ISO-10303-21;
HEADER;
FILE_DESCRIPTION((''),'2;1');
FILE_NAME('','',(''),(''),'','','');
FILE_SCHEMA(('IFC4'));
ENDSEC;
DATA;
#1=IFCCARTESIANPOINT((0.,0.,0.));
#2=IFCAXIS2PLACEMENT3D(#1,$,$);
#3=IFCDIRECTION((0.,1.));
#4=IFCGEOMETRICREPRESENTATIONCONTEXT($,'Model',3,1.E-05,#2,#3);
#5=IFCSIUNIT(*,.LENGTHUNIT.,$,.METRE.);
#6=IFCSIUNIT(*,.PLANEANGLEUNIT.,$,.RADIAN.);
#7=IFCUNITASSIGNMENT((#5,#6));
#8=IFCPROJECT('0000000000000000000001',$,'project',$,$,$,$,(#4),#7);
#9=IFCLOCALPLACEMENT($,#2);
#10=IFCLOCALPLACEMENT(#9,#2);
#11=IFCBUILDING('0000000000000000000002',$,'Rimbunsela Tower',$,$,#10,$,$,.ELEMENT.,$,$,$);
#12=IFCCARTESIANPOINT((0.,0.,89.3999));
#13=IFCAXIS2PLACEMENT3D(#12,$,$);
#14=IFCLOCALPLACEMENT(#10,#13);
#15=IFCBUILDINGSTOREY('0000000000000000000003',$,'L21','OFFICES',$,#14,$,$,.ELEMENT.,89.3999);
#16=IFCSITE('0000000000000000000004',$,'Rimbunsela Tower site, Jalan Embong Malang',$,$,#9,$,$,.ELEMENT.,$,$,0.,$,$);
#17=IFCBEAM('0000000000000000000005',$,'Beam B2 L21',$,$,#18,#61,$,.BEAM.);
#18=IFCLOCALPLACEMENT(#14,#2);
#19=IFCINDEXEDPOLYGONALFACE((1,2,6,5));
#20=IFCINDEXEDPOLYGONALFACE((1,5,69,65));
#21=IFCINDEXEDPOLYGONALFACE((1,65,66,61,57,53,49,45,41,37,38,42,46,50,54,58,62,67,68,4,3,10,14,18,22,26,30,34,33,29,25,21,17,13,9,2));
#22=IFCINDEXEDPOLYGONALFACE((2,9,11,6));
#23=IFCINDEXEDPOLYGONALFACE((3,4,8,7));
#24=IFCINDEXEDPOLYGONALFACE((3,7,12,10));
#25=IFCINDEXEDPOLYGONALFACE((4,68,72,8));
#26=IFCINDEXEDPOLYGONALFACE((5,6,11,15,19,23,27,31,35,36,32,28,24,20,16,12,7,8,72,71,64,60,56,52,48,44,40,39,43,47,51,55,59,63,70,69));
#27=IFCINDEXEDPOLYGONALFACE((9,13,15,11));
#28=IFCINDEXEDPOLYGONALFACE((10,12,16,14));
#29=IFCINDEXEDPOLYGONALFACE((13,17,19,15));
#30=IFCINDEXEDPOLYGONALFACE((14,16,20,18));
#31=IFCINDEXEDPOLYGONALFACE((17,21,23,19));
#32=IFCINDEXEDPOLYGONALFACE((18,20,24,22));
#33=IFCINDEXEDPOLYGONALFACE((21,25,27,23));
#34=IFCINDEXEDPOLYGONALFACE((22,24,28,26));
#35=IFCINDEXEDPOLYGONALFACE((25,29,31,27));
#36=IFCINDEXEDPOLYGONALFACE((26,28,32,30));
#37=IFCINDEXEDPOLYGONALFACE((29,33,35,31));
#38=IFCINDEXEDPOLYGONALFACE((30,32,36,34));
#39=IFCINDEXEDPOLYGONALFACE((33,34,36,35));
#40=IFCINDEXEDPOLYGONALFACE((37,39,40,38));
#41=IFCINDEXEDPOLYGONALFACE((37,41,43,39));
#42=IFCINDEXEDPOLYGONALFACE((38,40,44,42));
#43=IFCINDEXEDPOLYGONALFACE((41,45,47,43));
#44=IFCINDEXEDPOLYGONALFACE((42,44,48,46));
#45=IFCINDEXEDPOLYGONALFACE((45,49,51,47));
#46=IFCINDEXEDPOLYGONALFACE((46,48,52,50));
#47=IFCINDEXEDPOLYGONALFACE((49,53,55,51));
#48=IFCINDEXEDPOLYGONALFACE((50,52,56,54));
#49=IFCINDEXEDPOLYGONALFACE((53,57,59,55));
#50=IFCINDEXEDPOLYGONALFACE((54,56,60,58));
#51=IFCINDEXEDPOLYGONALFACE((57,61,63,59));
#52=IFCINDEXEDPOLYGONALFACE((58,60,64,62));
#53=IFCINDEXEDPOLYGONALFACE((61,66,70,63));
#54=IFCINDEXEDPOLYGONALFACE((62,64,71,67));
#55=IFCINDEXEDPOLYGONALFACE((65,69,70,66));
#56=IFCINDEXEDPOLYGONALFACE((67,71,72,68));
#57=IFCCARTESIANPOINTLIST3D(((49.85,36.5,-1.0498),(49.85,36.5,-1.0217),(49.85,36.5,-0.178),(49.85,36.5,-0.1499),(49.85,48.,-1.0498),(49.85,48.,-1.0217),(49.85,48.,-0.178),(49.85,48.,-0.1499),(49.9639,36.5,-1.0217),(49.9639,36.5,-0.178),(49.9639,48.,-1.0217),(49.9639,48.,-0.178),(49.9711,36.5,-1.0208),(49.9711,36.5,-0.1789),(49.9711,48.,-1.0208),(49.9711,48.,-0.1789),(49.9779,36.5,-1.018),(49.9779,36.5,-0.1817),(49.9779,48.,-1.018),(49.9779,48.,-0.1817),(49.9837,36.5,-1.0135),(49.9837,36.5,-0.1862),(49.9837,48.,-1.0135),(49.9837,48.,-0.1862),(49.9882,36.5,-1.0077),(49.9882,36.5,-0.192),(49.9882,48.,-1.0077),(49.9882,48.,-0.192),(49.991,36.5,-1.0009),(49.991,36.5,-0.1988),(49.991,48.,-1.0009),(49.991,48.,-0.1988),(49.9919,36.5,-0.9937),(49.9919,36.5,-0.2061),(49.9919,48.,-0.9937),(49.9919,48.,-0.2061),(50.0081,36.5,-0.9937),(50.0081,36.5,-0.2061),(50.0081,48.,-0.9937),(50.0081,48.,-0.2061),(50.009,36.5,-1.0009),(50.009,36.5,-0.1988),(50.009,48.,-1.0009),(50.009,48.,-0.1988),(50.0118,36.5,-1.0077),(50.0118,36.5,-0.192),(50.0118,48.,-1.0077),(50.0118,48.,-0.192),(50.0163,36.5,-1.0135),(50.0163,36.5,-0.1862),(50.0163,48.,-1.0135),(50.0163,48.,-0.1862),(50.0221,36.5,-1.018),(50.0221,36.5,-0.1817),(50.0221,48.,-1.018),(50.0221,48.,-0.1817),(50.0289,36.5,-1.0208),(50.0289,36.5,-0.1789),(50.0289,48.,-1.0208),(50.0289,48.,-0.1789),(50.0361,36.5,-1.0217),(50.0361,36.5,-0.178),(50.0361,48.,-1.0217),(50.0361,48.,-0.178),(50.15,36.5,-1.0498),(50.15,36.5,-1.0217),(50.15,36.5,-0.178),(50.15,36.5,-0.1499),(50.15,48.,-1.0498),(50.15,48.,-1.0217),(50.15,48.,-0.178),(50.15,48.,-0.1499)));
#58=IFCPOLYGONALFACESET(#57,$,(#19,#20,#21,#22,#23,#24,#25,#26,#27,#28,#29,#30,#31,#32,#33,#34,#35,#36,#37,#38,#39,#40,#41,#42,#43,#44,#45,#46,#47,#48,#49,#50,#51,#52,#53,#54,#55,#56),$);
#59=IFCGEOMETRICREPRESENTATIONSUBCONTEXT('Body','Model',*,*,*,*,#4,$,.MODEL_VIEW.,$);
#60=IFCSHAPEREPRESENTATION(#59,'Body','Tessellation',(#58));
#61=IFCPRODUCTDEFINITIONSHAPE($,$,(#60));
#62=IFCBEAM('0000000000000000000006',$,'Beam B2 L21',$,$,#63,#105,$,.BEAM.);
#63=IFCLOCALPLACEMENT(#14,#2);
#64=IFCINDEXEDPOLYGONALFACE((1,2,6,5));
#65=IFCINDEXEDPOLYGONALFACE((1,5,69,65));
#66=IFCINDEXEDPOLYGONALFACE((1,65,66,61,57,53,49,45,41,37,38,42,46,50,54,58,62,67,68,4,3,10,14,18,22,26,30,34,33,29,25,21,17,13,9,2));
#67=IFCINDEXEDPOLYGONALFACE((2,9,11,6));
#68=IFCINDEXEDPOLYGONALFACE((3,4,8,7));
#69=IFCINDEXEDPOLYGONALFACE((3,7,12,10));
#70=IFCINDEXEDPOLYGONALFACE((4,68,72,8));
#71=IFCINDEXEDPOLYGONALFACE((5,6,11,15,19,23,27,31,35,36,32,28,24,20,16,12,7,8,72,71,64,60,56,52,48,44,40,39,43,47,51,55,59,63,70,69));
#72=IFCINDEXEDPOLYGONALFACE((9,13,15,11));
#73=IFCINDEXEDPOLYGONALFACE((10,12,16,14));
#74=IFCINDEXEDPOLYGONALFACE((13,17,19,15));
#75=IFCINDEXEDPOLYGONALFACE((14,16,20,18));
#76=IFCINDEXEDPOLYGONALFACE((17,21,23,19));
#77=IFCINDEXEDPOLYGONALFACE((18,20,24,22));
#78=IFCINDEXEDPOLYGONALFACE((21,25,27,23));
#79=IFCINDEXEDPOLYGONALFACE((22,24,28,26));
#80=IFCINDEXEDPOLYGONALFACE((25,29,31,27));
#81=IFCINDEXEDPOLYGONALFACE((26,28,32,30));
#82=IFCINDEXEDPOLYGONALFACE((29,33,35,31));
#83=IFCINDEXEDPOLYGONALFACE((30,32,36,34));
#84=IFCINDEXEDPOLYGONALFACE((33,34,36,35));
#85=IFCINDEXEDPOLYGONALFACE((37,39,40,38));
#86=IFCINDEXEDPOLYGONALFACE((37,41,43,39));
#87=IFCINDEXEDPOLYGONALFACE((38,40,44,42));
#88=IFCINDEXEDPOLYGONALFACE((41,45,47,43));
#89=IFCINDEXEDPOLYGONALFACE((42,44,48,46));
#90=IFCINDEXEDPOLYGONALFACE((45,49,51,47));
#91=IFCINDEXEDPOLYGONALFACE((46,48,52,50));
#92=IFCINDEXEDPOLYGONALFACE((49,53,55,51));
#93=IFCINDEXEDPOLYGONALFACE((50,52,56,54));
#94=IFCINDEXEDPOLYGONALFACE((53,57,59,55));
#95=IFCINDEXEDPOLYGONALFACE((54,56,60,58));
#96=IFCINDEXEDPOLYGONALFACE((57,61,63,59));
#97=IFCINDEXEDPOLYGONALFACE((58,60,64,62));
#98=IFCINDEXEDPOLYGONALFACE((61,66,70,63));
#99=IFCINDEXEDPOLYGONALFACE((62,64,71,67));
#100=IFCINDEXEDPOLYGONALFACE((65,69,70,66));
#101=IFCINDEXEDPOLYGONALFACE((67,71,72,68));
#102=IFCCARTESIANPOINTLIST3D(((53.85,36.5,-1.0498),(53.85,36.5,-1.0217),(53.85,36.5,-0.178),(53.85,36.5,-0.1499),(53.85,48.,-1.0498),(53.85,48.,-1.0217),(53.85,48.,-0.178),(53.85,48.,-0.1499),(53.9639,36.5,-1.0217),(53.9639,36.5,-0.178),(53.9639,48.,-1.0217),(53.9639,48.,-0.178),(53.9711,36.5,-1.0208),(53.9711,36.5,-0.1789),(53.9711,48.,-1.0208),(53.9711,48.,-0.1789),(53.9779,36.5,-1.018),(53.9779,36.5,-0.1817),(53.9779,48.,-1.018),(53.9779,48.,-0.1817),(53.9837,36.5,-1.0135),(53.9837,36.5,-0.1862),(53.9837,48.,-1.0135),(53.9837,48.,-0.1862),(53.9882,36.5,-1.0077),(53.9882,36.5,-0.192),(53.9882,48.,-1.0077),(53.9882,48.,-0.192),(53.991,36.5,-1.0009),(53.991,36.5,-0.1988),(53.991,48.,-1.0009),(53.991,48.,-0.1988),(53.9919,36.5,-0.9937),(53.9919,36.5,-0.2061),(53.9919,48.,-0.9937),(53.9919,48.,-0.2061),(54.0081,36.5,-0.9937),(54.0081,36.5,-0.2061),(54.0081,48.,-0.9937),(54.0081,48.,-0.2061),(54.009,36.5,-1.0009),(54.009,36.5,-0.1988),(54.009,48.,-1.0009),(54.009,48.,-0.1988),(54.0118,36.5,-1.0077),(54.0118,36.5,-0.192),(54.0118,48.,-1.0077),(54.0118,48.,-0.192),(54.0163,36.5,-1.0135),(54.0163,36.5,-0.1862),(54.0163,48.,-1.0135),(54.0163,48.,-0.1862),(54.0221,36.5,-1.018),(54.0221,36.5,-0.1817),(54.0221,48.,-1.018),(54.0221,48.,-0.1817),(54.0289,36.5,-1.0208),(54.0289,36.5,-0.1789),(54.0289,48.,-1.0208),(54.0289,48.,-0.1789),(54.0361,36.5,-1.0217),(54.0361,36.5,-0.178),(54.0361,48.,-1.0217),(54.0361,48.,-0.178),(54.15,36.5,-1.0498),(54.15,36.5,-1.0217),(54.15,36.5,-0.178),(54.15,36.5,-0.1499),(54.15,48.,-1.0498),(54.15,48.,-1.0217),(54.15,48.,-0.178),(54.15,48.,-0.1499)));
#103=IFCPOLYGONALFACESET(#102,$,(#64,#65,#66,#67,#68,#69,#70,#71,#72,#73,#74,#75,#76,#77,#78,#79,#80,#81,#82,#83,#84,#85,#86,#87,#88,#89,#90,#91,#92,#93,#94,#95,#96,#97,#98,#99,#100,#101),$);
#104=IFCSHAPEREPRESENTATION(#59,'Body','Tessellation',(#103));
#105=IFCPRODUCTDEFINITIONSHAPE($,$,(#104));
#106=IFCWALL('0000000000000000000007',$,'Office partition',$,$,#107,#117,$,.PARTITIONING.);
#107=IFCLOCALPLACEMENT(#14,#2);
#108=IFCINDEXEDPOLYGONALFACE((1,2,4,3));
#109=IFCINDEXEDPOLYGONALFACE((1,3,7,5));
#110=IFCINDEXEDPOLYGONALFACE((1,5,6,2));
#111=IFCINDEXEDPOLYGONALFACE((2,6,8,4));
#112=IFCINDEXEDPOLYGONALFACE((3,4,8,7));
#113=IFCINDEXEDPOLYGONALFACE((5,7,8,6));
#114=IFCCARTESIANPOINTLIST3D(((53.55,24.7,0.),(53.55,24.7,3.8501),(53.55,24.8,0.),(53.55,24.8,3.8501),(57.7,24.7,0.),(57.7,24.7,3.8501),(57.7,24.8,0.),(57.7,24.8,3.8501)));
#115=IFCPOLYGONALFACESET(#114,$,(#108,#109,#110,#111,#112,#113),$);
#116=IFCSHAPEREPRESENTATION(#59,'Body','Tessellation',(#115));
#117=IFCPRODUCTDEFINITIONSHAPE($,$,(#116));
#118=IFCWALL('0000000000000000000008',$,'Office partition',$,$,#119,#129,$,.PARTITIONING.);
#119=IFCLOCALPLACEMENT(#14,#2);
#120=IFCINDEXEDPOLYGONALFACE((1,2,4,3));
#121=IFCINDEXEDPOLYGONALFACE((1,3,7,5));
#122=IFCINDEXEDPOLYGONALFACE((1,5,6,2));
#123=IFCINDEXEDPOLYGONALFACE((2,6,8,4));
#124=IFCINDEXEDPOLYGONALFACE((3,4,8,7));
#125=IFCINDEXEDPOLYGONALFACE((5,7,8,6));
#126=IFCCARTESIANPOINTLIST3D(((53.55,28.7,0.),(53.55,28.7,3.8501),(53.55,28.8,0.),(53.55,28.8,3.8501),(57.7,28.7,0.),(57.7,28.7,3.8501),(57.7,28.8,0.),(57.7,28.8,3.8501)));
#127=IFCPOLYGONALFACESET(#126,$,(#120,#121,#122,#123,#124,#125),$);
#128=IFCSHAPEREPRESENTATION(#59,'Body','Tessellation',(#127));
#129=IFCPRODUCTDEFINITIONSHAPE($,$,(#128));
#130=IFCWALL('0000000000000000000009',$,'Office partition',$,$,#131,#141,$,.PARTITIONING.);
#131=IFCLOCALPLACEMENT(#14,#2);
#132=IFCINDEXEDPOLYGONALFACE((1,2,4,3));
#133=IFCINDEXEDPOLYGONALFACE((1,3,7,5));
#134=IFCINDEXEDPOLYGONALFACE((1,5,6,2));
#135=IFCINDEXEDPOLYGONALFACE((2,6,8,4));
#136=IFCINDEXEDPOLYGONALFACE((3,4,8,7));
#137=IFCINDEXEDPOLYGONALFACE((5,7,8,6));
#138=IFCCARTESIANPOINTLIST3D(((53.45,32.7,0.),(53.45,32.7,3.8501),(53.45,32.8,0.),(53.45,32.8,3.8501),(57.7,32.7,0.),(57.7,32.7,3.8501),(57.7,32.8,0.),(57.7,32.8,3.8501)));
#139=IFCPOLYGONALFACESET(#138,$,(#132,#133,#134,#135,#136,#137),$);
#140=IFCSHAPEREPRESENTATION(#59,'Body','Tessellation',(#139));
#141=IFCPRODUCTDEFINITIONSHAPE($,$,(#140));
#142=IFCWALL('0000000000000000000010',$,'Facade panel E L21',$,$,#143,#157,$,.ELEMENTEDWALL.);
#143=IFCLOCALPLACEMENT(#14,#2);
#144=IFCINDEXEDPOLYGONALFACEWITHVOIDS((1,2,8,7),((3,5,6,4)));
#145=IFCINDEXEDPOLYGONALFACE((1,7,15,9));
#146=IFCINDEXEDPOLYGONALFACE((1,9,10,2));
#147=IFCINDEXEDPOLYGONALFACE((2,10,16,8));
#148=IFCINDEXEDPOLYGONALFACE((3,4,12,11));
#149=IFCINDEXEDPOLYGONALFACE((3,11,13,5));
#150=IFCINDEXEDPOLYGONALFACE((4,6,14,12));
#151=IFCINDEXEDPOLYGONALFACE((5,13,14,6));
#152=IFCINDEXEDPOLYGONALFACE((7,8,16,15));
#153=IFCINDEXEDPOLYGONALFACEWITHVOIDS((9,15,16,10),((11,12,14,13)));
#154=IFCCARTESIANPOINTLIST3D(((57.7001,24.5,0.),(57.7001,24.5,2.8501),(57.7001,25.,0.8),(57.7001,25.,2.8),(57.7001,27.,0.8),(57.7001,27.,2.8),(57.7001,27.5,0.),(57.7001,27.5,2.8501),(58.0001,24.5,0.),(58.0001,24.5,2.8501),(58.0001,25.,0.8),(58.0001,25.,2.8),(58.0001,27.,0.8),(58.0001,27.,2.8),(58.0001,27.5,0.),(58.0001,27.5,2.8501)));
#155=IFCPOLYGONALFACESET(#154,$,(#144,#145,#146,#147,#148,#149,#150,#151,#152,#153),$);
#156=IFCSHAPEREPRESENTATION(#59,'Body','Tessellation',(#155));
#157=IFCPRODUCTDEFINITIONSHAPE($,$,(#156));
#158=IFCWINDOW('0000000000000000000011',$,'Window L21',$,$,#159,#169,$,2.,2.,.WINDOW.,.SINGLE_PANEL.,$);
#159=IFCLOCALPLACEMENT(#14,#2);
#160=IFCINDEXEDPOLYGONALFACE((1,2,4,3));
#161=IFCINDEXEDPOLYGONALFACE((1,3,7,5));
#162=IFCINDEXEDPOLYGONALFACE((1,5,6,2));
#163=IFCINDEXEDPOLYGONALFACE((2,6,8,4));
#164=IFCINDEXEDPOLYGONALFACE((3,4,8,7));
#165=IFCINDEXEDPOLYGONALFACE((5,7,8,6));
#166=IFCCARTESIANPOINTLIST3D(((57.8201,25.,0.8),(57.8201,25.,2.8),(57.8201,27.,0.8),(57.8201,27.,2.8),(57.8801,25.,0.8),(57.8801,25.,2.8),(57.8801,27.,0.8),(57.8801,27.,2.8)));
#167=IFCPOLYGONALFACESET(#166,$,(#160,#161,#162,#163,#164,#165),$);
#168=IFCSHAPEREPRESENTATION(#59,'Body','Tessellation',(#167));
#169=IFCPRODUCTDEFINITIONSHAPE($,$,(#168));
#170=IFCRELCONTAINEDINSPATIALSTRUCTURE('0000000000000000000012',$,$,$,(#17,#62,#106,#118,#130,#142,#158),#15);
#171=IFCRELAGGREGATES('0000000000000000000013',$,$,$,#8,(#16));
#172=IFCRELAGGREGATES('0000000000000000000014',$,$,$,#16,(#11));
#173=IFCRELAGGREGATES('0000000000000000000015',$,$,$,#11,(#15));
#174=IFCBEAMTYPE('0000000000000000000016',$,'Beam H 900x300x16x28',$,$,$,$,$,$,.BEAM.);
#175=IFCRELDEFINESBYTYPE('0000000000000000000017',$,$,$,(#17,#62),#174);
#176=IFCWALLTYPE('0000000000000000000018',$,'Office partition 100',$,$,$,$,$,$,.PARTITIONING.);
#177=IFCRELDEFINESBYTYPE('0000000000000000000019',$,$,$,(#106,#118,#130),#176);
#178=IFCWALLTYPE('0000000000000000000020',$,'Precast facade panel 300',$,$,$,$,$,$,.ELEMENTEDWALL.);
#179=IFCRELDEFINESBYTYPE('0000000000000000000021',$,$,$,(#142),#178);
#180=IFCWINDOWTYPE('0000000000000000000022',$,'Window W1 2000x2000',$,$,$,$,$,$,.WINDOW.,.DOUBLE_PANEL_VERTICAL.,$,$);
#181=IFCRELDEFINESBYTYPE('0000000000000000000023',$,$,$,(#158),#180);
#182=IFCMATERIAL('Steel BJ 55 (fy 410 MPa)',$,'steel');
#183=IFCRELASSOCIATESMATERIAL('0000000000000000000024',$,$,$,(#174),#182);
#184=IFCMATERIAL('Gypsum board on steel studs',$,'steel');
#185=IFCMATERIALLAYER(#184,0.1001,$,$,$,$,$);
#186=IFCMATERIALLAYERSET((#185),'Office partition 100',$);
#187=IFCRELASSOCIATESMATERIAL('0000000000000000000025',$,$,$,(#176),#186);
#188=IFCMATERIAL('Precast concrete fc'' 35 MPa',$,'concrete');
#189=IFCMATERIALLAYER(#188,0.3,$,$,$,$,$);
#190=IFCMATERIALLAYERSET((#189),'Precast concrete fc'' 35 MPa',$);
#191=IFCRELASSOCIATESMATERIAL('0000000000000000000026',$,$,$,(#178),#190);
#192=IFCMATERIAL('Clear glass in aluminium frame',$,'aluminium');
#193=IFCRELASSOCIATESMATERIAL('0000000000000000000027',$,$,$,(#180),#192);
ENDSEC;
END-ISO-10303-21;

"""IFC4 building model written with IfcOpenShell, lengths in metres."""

from ifc_helpers import new_model, si_unit, direction, frame, frame_2d, origin, origin_2d, place, context, subcontext, project, spatial, rectangle, i_section, extrude, material, layer, layer_set, material_profile, profile_set, type_object, element, fill, save


model = new_model("IFC4")

# Units and contexts
model_context = context("Model", 3, precision=1e-05, world=origin(), true_north=direction((0.0, 1.0)))
body_context = subcontext(model_context, "Body", "Model", "MODEL_VIEW")
ifc_project = project(units=[si_unit("LENGTHUNIT", "METRE"), si_unit("PLANEANGLEUNIT", "RADIAN")], contexts=[model_context])

# Site, building, storey
site_placement = place(None, origin())
site = spatial("IfcSite", under=ifc_project, at=site_placement, Name="Rimbunsela Tower site, Jalan Embong Malang", CompositionType="ELEMENT", RefElevation=0.0)
building_placement = place(site_placement, origin())
building = spatial("IfcBuilding", under=site, at=building_placement, Name="Rimbunsela Tower", CompositionType="ELEMENT")
storey_placement = place(building_placement, frame((0.0, 0.0, 89.3999)))
storey = spatial("IfcBuildingStorey", under=building, at=storey_placement, Name="L21", Description="OFFICES", CompositionType="ELEMENT", Elevation=89.3999)

# Beams
ifc_material_1 = material(Name="Steel BJ 55 (fy 410 MPa)", Category="steel")
ifc_material_profile_1 = material_profile(ifc_material_1, i_section(OverallWidth=0.3, OverallDepth=0.8999, WebThickness=0.0161, FlangeThickness=0.0281, FilletRadius=0.0281, at=origin_2d()), Name="H 900x300x16x28")
ifc_profile_set_1 = profile_set([ifc_material_profile_1], Name="Steel BJ 55 (fy 410 MPa)")
beam_type_1 = type_object("IfcBeamType", Name="Beam H 900x300x16x28", PredefinedType="BEAM", material=ifc_profile_set_1)
for number, where, z_axis, x_axis, name in (
    (1, (50.0, 36.5, -0.5999), (0.0, 1.0, 0.0), (-1.0, 0.0, 0.0), "Beam B2 L21"),
    (2, (54.0, 36.5, -0.5999), (0.0, 1.0, 0.0), (-1.0, 0.0, 0.0), "Beam B2 L21"),
):
    element("IfcBeam", number, at=place(storey_placement, frame(where, z_axis=z_axis, x_axis=x_axis)), inside=storey, type_object=beam_type_1, Name=name, PredefinedType="BEAM", context=body_context, shape_type="SweptSolid", body=[
        extrude(i_section(OverallWidth=0.3, OverallDepth=0.8999, WebThickness=0.0161, FlangeThickness=0.0281, FilletRadius=0.0281, at=origin_2d()), origin(), (0.0, 0.0, 1.0), 11.5),
    ])

# Walls
ifc_material_2 = material(Name="Gypsum board on steel studs", Category="steel")
ifc_layer_1 = layer(ifc_material_2, 0.1001)
ifc_layer_set_1 = layer_set([ifc_layer_1], Name="Office partition 100")
wall_type_1 = type_object("IfcWallType", Name="Office partition 100", PredefinedType="PARTITIONING", material=ifc_layer_set_1)
for number, where, z_axis, x_axis, name in (
    (3, (53.55, 24.75, 0.0), (0.0, 0.0, 1.0), (1.0, 0.0, 0.0), "Office partition"),
    (4, (53.55, 28.75, 0.0), (0.0, 0.0, 1.0), (1.0, 0.0, 0.0), "Office partition"),
):
    element("IfcWall", number, at=place(storey_placement, frame(where, z_axis=z_axis, x_axis=x_axis)), inside=storey, type_object=wall_type_1, Name=name, PredefinedType="PARTITIONING", context=body_context, shape_type="SweptSolid", body=[
        extrude(rectangle(XDim=4.1499, YDim=0.1001, at=frame_2d((2.075, 0.0))), origin(), (0.0, 0.0, 1.0), 3.8501),
    ])
wall_1_placement = place(storey_placement, frame((53.45, 32.75, 0.0), z_axis=(0.0, 0.0, 1.0), x_axis=(1.0, 0.0, 0.0)))
element("IfcWall", 5, at=wall_1_placement, inside=storey, type_object=wall_type_1, Name="Office partition", PredefinedType="PARTITIONING", context=body_context, shape_type="SweptSolid", body=[
    extrude(rectangle(XDim=4.25, YDim=0.1001, at=frame_2d((2.125, 0.0))), origin(), (0.0, 0.0, 1.0), 3.8501),
])

# Wall, opening, window
ifc_material_3 = material(Name="Precast concrete fc' 35 MPa", Category="concrete")
ifc_layer_2 = layer(ifc_material_3, 0.3)
ifc_layer_set_2 = layer_set([ifc_layer_2], Name="Precast concrete fc' 35 MPa")
wall_type_2 = type_object("IfcWallType", Name="Precast facade panel 300", PredefinedType="ELEMENTEDWALL", material=ifc_layer_set_2)
wall_2_placement = place(storey_placement, frame((57.8501, 24.5, 0.0), z_axis=(0.0, 0.0, 1.0), x_axis=(0.0, 1.0, 0.0)))
wall_2 = element("IfcWall", 6, at=wall_2_placement, inside=storey, type_object=wall_type_2, Name="Facade panel E L21", PredefinedType="ELEMENTEDWALL", context=body_context, shape_type="SweptSolid", body=[
    extrude(rectangle(XDim=3.0, YDim=0.3, at=frame_2d((1.5, 0.0))), origin(), (0.0, 0.0, 1.0), 2.8501),
])
opening_1_placement = place(wall_2_placement, frame((0.5, 0.0, 0.8)))
opening_1 = element("IfcOpeningElement", 7, at=opening_1_placement, cuts=wall_2, PredefinedType="OPENING", context=body_context, shape_type="SweptSolid", body=[
    extrude(rectangle(XDim=2.0, YDim=2.0, at=frame_2d((1.0, 1.0))), frame((0.0, 0.1599, 0.0), z_axis=(0.0, -1.0, 0.0), x_axis=(1.0, 0.0, 0.0)), (0.0, 0.0, 1.0), 0.3201),
])
ifc_material_4 = material(Name="Clear glass in aluminium frame", Category="aluminium")
window_type = type_object("IfcWindowType", Name="Window W1 2000x2000", PartitioningType="DOUBLE_PANEL_VERTICAL", PredefinedType="WINDOW", material=ifc_material_4)
window_1_placement = place(opening_1_placement, origin())
window_1 = element("IfcWindow", 8, at=window_1_placement, inside=storey, type_object=window_type, Name="Window L21", OverallHeight=2.0, OverallWidth=2.0, PartitioningType="SINGLE_PANEL", PredefinedType="WINDOW", context=body_context, shape_type="SweptSolid", body=[
    extrude(rectangle(XDim=2.0, YDim=2.0, at=frame_2d((1.0, 1.0))), frame((0.0, 0.03, 0.0), z_axis=(0.0, -1.0, 0.0), x_axis=(1.0, 0.0, 0.0)), (0.0, 0.0, 1.0), 0.0601),
])
fill(opening_1, window_1)

save(model, "model.ifc")
